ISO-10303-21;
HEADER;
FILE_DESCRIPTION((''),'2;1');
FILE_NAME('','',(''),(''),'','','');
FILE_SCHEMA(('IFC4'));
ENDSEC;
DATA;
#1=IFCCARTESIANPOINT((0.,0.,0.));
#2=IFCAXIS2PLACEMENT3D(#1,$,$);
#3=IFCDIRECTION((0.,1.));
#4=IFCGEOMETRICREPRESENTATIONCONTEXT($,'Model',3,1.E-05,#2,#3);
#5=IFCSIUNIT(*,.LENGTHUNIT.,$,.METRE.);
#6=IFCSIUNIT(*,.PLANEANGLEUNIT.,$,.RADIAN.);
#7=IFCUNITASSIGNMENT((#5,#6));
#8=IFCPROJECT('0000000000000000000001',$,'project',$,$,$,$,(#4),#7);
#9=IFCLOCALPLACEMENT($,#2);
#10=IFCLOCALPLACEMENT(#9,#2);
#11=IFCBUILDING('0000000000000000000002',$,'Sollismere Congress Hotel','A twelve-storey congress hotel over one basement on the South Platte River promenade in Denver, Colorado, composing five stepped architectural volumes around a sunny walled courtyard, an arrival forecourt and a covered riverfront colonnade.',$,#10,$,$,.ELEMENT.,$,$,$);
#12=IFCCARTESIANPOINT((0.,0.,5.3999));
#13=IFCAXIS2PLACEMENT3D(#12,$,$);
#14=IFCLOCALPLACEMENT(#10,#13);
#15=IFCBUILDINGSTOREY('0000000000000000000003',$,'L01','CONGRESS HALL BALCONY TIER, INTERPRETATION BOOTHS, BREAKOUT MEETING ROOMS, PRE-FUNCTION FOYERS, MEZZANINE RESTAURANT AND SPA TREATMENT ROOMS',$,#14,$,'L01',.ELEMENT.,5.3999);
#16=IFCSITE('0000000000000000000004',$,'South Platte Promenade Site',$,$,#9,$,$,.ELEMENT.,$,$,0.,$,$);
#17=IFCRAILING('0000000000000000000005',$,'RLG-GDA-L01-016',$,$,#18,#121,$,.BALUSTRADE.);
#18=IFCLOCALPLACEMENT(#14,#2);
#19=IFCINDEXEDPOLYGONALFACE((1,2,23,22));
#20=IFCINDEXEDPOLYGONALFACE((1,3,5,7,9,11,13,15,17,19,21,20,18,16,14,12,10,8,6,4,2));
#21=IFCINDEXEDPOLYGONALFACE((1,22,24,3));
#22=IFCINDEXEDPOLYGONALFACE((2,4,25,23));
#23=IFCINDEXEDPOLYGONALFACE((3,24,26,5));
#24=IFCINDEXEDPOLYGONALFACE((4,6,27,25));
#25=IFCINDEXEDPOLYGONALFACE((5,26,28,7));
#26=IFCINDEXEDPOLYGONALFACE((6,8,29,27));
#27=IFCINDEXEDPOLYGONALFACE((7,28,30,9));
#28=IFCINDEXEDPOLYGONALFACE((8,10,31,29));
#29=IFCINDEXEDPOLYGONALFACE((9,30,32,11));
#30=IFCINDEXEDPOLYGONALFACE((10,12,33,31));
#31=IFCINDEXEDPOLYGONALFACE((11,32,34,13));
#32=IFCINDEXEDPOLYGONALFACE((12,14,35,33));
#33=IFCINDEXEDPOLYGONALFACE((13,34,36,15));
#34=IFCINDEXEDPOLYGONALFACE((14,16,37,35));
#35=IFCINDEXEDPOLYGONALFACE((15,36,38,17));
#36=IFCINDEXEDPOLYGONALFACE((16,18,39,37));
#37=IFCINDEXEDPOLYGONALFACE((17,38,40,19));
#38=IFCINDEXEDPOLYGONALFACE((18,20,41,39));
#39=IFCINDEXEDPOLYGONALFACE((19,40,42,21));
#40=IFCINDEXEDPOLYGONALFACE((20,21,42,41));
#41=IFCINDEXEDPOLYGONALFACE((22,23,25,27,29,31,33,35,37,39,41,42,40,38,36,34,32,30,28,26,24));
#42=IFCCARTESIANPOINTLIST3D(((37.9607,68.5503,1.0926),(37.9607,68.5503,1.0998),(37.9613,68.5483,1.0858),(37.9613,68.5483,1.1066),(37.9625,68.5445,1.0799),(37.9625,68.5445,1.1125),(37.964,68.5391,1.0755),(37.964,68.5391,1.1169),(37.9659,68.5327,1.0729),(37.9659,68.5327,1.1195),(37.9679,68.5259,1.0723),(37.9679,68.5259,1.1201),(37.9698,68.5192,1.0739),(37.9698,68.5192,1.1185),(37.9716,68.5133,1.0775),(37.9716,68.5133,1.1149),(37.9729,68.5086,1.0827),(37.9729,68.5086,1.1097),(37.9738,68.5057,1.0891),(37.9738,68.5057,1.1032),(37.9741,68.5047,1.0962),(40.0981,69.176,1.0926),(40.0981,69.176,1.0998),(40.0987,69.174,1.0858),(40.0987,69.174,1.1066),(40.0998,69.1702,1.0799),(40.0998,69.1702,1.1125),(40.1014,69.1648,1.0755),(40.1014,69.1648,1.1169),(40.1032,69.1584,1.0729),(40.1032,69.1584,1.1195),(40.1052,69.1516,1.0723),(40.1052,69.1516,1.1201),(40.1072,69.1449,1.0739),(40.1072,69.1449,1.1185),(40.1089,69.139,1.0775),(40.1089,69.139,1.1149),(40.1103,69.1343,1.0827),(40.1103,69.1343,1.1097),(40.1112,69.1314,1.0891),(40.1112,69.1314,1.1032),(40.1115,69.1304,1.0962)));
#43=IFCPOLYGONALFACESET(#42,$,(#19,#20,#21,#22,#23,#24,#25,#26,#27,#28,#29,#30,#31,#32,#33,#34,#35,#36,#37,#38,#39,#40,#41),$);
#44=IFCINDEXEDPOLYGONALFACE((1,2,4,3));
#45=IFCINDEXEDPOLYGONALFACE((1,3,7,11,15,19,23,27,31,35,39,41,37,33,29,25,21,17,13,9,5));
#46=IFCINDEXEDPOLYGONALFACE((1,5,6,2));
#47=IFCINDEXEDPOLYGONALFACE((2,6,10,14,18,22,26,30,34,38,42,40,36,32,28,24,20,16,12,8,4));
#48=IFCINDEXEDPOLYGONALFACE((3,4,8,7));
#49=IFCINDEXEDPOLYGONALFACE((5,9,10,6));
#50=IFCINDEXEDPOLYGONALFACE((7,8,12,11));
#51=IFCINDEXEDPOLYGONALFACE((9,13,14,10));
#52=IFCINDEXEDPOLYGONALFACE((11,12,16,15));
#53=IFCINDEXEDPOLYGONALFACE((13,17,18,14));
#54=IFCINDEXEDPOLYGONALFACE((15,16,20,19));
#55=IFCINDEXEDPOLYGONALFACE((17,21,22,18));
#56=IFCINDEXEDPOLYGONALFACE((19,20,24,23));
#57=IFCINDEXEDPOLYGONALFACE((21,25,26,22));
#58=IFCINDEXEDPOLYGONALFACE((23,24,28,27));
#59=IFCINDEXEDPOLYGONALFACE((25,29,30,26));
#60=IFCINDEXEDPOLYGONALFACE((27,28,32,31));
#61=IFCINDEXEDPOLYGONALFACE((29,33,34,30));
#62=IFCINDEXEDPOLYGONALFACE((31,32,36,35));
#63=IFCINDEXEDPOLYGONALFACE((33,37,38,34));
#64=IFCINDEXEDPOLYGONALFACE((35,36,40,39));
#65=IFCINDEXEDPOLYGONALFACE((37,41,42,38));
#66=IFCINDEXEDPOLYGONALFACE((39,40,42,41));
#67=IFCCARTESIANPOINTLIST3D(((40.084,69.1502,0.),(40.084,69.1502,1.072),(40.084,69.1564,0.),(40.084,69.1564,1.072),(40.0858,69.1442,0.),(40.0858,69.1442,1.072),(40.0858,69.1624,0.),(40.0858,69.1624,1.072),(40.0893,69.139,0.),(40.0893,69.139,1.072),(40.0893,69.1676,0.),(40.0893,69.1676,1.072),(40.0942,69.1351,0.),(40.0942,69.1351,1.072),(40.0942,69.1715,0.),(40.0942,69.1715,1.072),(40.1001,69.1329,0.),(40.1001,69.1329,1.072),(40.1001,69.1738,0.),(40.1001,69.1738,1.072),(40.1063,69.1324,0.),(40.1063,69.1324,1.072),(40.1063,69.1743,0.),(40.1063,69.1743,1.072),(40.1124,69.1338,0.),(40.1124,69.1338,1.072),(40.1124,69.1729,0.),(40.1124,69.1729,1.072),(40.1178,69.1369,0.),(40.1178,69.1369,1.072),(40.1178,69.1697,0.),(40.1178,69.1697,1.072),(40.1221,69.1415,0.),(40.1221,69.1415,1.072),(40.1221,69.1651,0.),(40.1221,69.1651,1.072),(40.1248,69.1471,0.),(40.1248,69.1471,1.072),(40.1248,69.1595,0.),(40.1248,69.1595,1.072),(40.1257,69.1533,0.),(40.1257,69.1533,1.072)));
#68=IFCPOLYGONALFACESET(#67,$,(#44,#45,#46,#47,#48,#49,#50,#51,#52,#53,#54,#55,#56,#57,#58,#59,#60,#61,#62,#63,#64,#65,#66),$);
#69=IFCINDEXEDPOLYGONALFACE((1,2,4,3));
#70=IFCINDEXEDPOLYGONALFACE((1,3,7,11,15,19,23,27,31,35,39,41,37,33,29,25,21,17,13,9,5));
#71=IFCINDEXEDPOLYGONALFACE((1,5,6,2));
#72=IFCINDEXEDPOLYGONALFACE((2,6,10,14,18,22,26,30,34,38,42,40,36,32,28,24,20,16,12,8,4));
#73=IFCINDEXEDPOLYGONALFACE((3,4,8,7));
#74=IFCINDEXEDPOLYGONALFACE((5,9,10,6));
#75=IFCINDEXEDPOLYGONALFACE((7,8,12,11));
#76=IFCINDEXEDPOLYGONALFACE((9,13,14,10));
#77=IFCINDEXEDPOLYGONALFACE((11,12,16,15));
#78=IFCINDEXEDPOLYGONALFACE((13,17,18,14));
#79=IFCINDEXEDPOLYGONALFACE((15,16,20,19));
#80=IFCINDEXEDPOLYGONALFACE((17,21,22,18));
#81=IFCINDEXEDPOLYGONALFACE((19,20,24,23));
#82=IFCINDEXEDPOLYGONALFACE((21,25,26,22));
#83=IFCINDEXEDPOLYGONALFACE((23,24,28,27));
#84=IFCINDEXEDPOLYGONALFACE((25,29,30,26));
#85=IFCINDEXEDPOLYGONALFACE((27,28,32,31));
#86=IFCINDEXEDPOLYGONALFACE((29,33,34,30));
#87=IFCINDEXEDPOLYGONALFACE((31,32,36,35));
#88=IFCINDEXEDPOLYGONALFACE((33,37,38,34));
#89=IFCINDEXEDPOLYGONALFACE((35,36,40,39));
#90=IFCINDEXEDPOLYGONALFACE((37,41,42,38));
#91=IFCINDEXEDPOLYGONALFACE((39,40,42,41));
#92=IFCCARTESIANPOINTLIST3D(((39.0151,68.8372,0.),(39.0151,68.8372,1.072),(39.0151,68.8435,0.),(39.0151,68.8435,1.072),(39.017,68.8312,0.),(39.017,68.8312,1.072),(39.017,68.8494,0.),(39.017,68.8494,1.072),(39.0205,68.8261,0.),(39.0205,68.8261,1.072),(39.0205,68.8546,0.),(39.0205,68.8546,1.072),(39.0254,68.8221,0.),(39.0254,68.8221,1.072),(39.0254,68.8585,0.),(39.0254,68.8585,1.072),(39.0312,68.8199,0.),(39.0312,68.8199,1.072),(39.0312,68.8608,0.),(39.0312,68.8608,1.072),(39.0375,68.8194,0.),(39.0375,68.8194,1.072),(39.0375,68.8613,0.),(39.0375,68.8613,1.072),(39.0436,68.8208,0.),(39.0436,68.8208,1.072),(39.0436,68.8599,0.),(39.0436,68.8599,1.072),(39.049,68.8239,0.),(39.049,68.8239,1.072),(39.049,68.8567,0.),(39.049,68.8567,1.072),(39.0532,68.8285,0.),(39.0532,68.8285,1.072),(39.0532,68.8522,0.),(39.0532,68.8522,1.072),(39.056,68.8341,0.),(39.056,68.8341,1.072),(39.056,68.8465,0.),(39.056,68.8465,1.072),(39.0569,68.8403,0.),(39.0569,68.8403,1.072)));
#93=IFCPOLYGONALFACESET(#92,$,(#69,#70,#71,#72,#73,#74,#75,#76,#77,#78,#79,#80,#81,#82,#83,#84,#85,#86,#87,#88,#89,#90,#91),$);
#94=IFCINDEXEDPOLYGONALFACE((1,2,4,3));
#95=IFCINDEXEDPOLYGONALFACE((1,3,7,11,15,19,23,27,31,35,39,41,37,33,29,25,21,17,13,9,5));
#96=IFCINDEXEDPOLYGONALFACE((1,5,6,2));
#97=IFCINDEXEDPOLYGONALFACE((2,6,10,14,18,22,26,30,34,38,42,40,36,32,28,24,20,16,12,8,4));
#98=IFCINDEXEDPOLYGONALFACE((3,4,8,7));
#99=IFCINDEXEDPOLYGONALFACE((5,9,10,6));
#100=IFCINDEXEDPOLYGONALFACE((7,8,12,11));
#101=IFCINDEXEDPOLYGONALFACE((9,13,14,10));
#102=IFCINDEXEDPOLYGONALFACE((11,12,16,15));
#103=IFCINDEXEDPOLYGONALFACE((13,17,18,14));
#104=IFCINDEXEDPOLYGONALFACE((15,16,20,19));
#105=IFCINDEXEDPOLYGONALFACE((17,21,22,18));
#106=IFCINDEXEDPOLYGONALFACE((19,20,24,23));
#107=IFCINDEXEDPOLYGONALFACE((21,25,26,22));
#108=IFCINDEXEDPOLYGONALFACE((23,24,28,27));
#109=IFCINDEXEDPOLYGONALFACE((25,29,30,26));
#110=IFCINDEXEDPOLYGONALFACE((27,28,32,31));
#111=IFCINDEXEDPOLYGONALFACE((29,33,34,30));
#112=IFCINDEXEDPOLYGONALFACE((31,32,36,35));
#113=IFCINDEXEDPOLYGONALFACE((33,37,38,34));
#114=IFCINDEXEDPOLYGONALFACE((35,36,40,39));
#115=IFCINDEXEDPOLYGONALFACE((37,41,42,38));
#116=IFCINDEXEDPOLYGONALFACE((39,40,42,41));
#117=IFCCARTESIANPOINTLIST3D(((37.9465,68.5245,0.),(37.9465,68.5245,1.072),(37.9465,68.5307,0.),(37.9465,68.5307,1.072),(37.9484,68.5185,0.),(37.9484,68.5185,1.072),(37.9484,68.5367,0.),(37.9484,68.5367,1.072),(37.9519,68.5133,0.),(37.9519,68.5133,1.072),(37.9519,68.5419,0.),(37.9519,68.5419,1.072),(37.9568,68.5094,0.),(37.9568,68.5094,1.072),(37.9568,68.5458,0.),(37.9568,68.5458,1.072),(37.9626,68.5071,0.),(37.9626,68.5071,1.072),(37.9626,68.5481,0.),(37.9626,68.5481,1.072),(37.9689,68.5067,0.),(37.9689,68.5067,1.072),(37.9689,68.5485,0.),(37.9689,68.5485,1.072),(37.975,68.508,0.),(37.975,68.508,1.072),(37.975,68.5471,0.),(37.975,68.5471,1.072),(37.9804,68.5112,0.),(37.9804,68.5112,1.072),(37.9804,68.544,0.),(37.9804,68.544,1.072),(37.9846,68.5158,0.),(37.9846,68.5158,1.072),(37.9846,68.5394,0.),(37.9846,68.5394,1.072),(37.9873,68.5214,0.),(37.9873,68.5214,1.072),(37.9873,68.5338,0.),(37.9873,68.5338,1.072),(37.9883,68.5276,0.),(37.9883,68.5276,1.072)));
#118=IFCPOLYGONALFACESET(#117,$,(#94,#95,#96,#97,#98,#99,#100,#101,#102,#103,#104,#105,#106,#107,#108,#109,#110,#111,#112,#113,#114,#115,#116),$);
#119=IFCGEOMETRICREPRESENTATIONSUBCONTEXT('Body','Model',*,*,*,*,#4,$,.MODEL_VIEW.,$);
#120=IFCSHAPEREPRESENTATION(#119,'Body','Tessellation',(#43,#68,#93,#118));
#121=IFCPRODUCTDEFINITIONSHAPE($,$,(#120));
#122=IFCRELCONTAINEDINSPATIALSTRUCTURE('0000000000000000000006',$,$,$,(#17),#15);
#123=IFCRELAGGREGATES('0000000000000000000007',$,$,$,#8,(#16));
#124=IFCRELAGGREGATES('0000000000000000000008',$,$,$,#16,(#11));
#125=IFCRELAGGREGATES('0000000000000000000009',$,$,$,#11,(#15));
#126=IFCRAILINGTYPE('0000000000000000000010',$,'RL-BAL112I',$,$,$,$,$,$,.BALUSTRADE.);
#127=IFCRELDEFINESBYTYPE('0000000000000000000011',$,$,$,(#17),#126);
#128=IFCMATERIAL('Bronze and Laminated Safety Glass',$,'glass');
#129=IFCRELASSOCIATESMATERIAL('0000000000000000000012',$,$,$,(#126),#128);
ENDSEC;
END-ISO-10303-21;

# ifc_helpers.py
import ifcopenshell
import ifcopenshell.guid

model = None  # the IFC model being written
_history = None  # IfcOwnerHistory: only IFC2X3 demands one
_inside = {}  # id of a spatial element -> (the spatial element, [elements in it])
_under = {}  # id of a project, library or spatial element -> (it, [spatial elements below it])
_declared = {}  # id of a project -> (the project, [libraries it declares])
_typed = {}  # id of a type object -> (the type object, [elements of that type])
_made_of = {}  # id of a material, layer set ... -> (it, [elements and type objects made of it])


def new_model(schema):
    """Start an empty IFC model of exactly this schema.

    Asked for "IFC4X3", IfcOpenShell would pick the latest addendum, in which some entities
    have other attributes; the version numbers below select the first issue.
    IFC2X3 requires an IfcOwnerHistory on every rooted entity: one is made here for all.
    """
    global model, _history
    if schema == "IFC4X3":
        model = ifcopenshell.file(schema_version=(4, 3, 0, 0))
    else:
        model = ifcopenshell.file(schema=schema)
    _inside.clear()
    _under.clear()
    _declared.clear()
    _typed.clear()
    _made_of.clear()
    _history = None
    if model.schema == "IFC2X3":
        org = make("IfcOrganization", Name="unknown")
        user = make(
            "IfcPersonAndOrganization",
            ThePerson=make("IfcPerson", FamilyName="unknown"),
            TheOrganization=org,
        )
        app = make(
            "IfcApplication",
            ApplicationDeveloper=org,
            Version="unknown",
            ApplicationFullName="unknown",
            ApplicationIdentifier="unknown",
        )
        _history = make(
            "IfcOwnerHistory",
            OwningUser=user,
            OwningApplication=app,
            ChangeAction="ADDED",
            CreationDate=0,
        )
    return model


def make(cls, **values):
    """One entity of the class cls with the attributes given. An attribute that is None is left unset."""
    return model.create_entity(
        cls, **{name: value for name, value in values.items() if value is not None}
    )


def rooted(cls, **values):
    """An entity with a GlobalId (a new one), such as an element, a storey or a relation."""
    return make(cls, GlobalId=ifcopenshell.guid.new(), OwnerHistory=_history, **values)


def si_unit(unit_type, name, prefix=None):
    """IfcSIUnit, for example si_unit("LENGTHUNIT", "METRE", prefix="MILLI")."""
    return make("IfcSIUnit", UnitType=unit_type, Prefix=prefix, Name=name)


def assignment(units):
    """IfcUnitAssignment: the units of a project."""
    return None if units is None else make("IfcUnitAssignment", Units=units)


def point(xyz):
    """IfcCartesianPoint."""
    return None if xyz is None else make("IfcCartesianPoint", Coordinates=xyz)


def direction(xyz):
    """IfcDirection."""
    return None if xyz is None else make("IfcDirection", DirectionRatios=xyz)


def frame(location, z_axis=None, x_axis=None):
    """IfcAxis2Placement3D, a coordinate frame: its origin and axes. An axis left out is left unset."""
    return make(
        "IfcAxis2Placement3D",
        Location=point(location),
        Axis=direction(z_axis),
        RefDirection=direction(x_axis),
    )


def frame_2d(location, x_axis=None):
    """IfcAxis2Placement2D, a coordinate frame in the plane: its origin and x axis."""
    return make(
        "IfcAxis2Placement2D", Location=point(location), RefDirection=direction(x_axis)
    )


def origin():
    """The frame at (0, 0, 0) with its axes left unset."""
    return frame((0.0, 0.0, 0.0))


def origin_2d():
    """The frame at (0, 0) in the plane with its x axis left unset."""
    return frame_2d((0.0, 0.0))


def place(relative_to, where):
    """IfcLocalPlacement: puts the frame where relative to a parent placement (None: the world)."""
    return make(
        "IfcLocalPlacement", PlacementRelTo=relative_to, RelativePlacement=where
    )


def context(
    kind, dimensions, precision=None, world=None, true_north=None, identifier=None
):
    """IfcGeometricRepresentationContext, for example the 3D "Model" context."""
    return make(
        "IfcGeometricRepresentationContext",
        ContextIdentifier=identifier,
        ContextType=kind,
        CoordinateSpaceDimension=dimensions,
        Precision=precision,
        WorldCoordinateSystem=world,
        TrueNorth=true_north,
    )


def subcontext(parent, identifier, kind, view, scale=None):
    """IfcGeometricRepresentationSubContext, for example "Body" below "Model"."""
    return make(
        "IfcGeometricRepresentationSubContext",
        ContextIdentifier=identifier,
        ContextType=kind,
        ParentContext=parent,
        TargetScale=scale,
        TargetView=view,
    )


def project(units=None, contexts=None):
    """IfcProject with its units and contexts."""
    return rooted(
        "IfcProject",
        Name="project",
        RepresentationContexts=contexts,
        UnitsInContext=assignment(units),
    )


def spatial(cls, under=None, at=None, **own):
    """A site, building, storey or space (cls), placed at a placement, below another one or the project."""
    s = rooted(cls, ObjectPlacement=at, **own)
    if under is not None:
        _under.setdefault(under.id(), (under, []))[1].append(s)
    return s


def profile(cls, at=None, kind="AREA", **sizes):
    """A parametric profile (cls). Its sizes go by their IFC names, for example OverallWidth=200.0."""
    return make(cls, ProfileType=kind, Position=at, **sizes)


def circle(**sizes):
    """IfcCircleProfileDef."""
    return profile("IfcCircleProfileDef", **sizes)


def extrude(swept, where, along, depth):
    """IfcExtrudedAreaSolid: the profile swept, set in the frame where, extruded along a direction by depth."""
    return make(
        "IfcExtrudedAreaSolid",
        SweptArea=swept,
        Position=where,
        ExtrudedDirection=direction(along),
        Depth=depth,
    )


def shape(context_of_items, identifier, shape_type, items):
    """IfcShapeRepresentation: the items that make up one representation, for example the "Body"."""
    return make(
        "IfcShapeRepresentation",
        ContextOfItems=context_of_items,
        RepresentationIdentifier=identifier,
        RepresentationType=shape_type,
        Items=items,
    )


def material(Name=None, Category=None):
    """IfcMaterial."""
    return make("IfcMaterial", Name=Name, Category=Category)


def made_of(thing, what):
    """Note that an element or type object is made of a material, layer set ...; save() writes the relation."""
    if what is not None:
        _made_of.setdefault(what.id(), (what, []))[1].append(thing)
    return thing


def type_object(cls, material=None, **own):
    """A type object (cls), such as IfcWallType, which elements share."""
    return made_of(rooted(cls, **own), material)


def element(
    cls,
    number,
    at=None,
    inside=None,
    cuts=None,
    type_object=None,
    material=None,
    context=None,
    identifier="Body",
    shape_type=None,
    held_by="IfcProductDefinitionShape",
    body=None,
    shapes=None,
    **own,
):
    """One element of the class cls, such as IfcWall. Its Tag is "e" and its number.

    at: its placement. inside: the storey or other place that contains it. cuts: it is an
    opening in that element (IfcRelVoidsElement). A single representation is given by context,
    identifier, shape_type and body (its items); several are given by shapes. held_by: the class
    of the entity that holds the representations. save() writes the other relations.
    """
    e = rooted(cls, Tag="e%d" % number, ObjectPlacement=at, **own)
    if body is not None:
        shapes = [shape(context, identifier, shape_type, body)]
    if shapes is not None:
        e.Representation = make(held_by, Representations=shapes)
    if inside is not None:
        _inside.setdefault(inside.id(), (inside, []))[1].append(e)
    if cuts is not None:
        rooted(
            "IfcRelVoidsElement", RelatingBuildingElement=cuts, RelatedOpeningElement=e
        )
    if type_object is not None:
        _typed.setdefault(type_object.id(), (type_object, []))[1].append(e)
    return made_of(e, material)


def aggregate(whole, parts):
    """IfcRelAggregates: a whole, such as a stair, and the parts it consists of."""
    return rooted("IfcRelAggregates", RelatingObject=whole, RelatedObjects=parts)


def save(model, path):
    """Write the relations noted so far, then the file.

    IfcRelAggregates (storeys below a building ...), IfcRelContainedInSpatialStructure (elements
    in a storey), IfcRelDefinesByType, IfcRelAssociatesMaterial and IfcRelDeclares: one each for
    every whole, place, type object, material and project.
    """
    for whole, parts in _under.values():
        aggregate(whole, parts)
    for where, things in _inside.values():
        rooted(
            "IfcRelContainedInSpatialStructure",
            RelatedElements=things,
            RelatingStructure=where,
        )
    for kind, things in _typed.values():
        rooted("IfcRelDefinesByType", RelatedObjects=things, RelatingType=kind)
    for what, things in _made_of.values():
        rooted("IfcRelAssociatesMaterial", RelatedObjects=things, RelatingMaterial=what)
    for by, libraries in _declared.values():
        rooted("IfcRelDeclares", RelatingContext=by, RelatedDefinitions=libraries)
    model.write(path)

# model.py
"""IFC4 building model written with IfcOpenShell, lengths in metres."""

from ifc_helpers import new_model, si_unit, direction, frame, origin, origin_2d, place, context, subcontext, project, spatial, circle, extrude, material, type_object, element, save


model = new_model("IFC4")

# Units and contexts
model_context = context("Model", 3, precision=1e-05, world=origin(), true_north=direction((0.0, 1.0)))
body_context = subcontext(model_context, "Body", "Model", "MODEL_VIEW")
ifc_project = project(units=[si_unit("LENGTHUNIT", "METRE"), si_unit("PLANEANGLEUNIT", "RADIAN")], contexts=[model_context])

# Site, building, storey
site_placement = place(None, origin())
site = spatial("IfcSite", under=ifc_project, at=site_placement, Name="South Platte Promenade Site", CompositionType="ELEMENT", RefElevation=0.0)
building_placement = place(site_placement, origin())
building = spatial("IfcBuilding", under=site, at=building_placement, Name="Sollismere Congress Hotel", Description="A twelve-storey congress hotel over one basement on the South Platte River promenade in Denver, Colorado, composing five stepped architectural volumes around a sunny walled courtyard, an arrival forecourt and a covered riverfront colonnade.", CompositionType="ELEMENT")
storey_placement = place(building_placement, frame((0.0, 0.0, 5.3999)))
storey = spatial("IfcBuildingStorey", under=building, at=storey_placement, Name="L01", Description="CONGRESS HALL BALCONY TIER, INTERPRETATION BOOTHS, BREAKOUT MEETING ROOMS, PRE-FUNCTION FOYERS, MEZZANINE RESTAURANT AND SPA TREATMENT ROOMS", LongName="L01", CompositionType="ELEMENT", Elevation=5.3999)

# Railing
ifc_material_1 = material(Name="Bronze and Laminated Safety Glass", Category="glass")
railing_type = type_object("IfcRailingType", Name="RL-BAL112I", PredefinedType="BALUSTRADE", material=ifc_material_1)
railing_1_placement = place(storey_placement, frame((40.1047, 69.1533, 0.0)))
element("IfcRailing", 1, at=railing_1_placement, inside=storey, type_object=railing_type, Name="RLG-GDA-L01-016", PredefinedType="BALUSTRADE", context=body_context, shape_type="SweptSolid", body=[
    extrude(circle(Radius=0.0239, at=origin_2d()), frame((0.0, 0.0, 1.0962), z_axis=(-0.959721, -0.280955, 0.0), x_axis=(0.280955, -0.959721, 0.0)), (0.0, 0.0, 1.0), 2.2271),
    extrude(circle(Radius=0.021, at=origin_2d()), origin(), (0.0, 0.0, 1.0), 1.072),
    extrude(circle(Radius=0.021, at=origin_2d()), frame((-1.0688, -0.313, 0.0)), (0.0, 0.0, 1.0), 1.072),
    extrude(circle(Radius=0.021, at=origin_2d()), frame((-2.1375, -0.6257, 0.0)), (0.0, 0.0, 1.0), 1.072),
])

save(model, "model.ifc")
